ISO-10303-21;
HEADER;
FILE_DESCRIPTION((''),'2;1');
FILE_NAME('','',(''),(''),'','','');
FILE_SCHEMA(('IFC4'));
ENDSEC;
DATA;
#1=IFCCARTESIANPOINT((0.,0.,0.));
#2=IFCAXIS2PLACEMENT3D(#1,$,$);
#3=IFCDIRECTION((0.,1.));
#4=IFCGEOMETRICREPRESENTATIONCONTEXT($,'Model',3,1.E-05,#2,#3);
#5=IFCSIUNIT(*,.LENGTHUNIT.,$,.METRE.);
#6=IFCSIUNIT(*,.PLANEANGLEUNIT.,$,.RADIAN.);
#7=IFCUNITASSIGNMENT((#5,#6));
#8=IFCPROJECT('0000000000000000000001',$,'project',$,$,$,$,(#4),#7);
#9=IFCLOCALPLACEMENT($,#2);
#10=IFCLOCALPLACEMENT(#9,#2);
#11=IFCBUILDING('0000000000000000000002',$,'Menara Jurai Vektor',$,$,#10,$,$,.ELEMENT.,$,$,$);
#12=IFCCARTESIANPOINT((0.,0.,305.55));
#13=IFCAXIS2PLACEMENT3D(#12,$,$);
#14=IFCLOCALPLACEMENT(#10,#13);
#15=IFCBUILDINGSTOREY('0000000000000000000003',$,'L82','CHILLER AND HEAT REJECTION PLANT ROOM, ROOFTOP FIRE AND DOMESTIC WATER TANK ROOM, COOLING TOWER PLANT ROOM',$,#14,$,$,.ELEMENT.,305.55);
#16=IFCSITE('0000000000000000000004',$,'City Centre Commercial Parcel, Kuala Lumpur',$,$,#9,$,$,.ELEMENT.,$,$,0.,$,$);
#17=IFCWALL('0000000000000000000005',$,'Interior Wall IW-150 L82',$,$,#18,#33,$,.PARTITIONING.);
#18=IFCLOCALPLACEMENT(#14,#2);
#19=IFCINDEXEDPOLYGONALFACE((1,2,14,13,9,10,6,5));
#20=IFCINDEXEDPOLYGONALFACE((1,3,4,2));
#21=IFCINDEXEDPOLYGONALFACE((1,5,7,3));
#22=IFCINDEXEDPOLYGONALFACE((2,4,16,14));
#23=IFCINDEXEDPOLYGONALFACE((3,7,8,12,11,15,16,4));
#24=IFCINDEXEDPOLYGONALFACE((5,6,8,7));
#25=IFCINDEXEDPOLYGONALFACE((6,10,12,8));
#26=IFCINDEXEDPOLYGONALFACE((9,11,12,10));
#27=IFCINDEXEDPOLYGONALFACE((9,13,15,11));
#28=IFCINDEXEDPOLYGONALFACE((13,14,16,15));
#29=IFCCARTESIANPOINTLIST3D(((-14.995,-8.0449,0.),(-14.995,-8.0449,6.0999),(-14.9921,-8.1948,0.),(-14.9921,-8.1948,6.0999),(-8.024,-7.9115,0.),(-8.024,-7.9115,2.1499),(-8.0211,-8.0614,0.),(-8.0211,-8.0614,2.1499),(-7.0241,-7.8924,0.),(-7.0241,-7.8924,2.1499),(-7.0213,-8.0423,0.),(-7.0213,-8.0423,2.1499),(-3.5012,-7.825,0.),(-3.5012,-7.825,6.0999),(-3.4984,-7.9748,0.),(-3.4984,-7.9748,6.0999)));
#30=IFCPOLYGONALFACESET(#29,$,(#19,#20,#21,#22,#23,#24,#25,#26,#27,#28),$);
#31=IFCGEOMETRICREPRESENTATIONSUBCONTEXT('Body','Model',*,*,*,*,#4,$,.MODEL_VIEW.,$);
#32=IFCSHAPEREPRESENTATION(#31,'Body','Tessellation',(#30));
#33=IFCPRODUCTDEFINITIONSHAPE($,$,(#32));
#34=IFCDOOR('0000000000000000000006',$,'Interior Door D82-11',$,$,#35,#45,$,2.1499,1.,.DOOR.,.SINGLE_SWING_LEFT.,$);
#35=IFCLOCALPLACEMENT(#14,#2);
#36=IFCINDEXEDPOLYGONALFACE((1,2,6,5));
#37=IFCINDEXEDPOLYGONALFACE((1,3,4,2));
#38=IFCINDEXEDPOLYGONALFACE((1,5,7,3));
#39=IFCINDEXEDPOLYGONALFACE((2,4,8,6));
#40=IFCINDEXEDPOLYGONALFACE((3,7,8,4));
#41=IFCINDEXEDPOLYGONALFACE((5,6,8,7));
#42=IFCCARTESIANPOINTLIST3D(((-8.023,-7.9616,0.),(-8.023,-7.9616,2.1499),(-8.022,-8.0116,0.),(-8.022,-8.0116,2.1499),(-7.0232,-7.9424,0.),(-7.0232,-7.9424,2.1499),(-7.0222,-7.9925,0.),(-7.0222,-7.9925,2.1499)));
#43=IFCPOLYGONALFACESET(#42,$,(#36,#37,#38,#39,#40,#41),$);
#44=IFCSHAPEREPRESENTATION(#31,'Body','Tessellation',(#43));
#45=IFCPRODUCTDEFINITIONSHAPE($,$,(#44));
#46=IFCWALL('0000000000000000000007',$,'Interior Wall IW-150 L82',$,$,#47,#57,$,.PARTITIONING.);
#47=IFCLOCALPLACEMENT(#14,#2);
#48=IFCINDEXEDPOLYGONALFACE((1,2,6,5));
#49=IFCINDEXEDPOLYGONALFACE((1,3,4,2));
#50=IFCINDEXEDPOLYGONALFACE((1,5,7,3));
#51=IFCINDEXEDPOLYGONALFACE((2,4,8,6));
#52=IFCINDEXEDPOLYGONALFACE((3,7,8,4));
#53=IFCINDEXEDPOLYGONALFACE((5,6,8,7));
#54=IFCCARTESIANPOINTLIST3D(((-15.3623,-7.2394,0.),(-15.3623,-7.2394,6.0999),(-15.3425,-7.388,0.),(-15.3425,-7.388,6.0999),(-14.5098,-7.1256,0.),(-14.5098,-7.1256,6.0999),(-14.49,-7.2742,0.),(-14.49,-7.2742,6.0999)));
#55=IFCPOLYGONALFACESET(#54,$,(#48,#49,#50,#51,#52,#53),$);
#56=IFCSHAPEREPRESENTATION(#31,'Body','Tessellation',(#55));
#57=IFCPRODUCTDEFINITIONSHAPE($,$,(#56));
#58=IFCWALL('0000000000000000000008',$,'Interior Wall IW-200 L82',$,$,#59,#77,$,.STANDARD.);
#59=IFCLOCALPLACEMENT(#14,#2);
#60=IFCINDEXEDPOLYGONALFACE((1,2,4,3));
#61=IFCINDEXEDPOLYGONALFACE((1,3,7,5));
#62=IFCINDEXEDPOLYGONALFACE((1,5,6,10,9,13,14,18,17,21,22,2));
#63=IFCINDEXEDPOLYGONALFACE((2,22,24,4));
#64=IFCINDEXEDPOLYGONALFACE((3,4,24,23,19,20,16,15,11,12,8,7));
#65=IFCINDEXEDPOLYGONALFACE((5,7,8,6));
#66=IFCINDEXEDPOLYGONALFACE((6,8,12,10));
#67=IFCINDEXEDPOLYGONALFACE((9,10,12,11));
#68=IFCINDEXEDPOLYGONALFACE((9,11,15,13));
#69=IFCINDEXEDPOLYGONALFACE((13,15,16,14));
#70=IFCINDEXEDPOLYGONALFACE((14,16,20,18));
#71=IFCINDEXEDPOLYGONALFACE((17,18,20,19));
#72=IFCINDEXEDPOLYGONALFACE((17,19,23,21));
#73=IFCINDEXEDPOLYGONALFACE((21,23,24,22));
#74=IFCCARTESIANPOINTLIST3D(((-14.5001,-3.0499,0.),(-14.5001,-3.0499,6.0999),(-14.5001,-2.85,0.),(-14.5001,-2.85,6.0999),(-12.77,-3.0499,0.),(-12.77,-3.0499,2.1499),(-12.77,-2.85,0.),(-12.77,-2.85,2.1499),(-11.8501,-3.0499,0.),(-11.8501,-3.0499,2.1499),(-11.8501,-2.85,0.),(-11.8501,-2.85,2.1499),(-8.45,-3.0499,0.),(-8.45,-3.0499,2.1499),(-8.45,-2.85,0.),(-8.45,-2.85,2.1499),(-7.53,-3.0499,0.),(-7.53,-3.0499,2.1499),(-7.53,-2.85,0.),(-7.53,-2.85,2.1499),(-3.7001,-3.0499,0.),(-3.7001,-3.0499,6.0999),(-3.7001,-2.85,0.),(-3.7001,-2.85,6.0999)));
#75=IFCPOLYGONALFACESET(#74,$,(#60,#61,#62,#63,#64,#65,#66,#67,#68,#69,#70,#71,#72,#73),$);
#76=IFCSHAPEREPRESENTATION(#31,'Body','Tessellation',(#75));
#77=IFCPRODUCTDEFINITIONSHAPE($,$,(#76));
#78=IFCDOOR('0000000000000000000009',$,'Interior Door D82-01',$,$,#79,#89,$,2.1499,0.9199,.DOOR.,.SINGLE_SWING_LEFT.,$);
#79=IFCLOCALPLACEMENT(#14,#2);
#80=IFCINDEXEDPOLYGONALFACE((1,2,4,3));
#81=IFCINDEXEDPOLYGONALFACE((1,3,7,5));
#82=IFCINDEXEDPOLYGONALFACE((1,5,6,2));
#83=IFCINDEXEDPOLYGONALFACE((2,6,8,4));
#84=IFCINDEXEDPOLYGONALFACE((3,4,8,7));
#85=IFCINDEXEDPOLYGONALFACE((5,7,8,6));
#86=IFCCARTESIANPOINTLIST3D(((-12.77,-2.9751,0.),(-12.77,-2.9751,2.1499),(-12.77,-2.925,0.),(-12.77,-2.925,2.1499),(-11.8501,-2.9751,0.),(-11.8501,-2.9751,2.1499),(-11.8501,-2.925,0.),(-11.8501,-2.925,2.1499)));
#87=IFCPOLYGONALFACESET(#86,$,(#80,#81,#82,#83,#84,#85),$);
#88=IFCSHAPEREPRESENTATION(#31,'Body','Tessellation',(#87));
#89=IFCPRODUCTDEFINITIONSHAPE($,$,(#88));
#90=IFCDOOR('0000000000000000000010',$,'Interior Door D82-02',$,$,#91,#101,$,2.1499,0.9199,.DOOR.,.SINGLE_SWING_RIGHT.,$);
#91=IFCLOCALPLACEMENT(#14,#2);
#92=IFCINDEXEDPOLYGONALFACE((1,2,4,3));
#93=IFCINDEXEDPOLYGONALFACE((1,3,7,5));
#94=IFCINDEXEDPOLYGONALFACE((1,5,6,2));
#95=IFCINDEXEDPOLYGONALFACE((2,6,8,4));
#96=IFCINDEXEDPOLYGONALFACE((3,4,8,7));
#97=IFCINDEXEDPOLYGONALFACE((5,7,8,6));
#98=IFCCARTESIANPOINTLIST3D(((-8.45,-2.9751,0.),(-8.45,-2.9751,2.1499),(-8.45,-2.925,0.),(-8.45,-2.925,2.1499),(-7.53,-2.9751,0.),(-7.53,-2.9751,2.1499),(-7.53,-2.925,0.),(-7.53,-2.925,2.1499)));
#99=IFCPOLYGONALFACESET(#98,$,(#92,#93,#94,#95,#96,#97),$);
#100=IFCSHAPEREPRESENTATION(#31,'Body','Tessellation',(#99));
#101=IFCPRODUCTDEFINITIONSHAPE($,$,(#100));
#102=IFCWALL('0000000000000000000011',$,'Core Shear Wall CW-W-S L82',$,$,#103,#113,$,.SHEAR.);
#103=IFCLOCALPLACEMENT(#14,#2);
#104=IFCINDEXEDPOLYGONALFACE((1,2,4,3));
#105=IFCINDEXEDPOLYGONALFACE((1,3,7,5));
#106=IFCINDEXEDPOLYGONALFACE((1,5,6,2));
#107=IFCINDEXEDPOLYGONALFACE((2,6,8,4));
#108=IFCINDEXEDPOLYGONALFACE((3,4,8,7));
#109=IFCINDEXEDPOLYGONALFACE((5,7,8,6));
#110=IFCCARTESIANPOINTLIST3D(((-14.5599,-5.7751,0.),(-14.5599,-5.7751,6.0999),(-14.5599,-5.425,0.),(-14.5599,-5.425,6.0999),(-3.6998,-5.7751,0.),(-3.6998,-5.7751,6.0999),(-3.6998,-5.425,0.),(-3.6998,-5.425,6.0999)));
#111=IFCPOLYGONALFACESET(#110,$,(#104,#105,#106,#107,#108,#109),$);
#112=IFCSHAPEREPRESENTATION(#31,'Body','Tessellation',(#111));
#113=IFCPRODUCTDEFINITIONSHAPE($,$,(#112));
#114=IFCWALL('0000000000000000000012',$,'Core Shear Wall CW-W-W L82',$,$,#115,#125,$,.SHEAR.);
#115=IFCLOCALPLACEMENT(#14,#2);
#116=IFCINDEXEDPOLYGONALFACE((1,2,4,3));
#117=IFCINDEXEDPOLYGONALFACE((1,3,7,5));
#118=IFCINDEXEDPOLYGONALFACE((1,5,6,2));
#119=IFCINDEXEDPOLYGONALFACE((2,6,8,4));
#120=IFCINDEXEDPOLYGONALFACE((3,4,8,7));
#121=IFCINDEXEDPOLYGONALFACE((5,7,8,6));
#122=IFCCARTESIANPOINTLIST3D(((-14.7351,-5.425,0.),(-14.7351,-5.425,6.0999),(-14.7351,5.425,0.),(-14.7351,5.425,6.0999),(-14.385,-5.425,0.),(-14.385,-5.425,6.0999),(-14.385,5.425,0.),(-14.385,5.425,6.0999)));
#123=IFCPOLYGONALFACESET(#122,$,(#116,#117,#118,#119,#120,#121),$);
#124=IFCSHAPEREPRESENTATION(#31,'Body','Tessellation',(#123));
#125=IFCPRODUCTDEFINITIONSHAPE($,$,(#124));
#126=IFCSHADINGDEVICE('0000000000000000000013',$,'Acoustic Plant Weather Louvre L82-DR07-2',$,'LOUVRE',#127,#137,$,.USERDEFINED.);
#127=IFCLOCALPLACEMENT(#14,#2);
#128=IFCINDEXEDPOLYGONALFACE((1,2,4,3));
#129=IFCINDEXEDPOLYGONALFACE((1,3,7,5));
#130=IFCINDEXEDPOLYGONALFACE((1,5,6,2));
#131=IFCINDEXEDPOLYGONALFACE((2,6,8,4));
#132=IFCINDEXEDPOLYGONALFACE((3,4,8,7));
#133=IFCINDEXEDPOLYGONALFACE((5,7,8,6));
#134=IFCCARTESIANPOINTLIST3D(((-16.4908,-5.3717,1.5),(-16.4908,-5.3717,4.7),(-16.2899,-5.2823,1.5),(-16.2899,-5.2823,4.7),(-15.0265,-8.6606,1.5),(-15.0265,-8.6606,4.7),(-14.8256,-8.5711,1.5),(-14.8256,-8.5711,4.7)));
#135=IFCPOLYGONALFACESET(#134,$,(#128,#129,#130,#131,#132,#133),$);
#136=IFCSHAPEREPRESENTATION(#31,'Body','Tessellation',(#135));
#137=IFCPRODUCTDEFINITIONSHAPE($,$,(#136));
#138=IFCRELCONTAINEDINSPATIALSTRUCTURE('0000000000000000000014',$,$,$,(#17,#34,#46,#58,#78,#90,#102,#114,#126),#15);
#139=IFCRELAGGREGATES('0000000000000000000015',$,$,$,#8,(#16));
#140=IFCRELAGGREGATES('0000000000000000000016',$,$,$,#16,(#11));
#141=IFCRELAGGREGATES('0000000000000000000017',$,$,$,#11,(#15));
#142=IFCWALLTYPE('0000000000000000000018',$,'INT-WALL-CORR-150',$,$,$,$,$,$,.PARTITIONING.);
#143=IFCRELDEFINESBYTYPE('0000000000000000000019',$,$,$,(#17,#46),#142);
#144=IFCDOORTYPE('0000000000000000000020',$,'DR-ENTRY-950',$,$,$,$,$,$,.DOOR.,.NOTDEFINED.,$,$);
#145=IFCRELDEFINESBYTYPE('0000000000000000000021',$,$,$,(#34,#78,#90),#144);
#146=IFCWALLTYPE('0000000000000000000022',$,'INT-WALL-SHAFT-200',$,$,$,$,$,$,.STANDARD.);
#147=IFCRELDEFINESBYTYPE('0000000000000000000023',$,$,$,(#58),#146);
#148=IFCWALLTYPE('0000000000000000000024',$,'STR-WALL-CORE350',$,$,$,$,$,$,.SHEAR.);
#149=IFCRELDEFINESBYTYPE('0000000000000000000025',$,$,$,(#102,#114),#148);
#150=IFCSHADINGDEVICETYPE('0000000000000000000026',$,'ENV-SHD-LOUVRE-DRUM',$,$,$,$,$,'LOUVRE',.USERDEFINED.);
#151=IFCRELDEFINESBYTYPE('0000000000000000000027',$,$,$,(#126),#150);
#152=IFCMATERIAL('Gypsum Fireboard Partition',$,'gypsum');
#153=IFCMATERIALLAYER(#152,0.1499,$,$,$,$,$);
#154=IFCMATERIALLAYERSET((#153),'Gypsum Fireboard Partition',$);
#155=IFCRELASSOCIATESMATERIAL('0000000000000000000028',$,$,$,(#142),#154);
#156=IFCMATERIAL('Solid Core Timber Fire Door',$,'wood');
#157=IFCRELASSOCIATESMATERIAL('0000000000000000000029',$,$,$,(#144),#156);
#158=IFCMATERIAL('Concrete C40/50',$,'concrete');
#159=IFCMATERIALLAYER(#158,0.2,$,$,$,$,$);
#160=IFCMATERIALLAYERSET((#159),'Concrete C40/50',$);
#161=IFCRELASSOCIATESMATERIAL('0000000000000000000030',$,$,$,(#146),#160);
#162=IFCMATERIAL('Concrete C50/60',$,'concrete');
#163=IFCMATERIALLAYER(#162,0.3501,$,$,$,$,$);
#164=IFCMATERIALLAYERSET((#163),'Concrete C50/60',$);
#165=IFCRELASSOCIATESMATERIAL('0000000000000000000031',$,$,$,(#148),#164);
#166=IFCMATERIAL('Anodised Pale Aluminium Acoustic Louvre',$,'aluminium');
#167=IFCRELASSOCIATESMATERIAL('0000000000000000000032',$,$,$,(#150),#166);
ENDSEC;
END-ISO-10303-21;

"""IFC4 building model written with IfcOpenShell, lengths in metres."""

from ifc_helpers import new_model, si_unit, direction, frame, frame_2d, origin, origin_2d, place, context, subcontext, project, spatial, rectangle, extrude, material, layer, layer_set, type_object, element, fill, save


model = new_model("IFC4")

# Units and contexts
model_context = context("Model", 3, precision=1e-05, world=origin(), true_north=direction((0.0, 1.0)))
body_context = subcontext(model_context, "Body", "Model", "MODEL_VIEW")
ifc_project = project(units=[si_unit("LENGTHUNIT", "METRE"), si_unit("PLANEANGLEUNIT", "RADIAN")], contexts=[model_context])

# Site, building, storey
site_placement = place(None, origin())
site = spatial("IfcSite", under=ifc_project, at=site_placement, Name="City Centre Commercial Parcel, Kuala Lumpur", CompositionType="ELEMENT", RefElevation=0.0)
building_placement = place(site_placement, origin())
building = spatial("IfcBuilding", under=site, at=building_placement, Name="Menara Jurai Vektor", CompositionType="ELEMENT")
storey_placement = place(building_placement, frame((0.0, 0.0, 305.55)))
storey = spatial("IfcBuildingStorey", under=building, at=storey_placement, Name="L82", Description="CHILLER AND HEAT REJECTION PLANT ROOM, ROOFTOP FIRE AND DOMESTIC WATER TANK ROOM, COOLING TOWER PLANT ROOM", CompositionType="ELEMENT", Elevation=305.55)

# Shared definitions
ifc_material_1 = material(Name="Concrete C50/60", Category="concrete")

# Shared definitions
ifc_material_2 = material(Name="Gypsum Fireboard Partition", Category="gypsum")
ifc_layer_1 = layer(ifc_material_2, 0.1499)
ifc_layer_set_1 = layer_set([ifc_layer_1], Name="Gypsum Fireboard Partition")
wall_type_1 = type_object("IfcWallType", Name="INT-WALL-CORR-150", PredefinedType="PARTITIONING", material=ifc_layer_set_1)

# Wall, opening, door
wall_1_placement = place(storey_placement, frame((-14.9937, -8.1199, 0.0), z_axis=(0.0, 0.0, 1.0), x_axis=(0.999817, 0.019135, 0.0)))
wall_1 = element("IfcWall", 1, at=wall_1_placement, inside=storey, type_object=wall_type_1, Name="Interior Wall IW-150 L82", PredefinedType="PARTITIONING", context=body_context, shape_type="SweptSolid", body=[
    extrude(rectangle(XDim=11.4958, YDim=0.1499, at=frame_2d((5.748, 0.0))), origin(), (0.0, 0.0, 1.0), 6.0999),
])
opening_1_placement = place(wall_1_placement, frame((6.9724, 0.0, 0.0)))
opening_1 = element("IfcOpeningElement", 2, at=opening_1_placement, cuts=wall_1, PredefinedType="OPENING", context=body_context, shape_type="SweptSolid", body=[
    extrude(rectangle(XDim=1.0, YDim=2.1499, at=frame_2d((0.5, 1.075))), frame((0.0, 0.085, 0.0), z_axis=(0.0, -1.0, 0.0), x_axis=(1.0, 0.0, 0.0)), (0.0, 0.0, 1.0), 0.1699),
])
ifc_material_3 = material(Name="Solid Core Timber Fire Door", Category="wood")
door_type = type_object("IfcDoorType", Name="DR-ENTRY-950", OperationType="NOTDEFINED", PredefinedType="DOOR", material=ifc_material_3)
door_1_placement = place(opening_1_placement, origin())
door_1 = element("IfcDoor", 3, at=door_1_placement, inside=storey, type_object=door_type, Name="Interior Door D82-11", OperationType="SINGLE_SWING_LEFT", OverallHeight=2.1499, OverallWidth=1.0, PredefinedType="DOOR", context=body_context, shape_type="SweptSolid", body=[
    extrude(rectangle(XDim=1.0, YDim=2.1499, at=frame_2d((0.5, 1.075))), frame((0.0, 0.0249, 0.0), z_axis=(0.0, -1.0, 0.0), x_axis=(1.0, 0.0, 0.0)), (0.0, 0.0, 1.0), 0.05),
])
fill(opening_1, door_1)

# Wall
wall_2_placement = place(storey_placement, frame((-15.3525, -7.3137, 0.0), z_axis=(0.0, 0.0, 1.0), x_axis=(0.991213, 0.132275, 0.0)))
element("IfcWall", 4, at=wall_2_placement, inside=storey, type_object=wall_type_1, Name="Interior Wall IW-150 L82", PredefinedType="PARTITIONING", context=body_context, shape_type="SweptSolid", body=[
    extrude(rectangle(XDim=0.8601, YDim=0.1499, at=frame_2d((0.4302, 0.0))), origin(), (0.0, 0.0, 1.0), 6.0999),
])

# Wall, openings, doors
ifc_material_4 = material(Name="Concrete C40/50", Category="concrete")
ifc_layer_2 = layer(ifc_material_4, 0.2)
ifc_layer_set_2 = layer_set([ifc_layer_2], Name="Concrete C40/50")
wall_type_2 = type_object("IfcWallType", Name="INT-WALL-SHAFT-200", PredefinedType="STANDARD", material=ifc_layer_set_2)
wall_3_placement = place(storey_placement, frame((-14.5, -2.95, 0.0), z_axis=(0.0, 0.0, 1.0), x_axis=(1.0, 0.0, 0.0)))
wall_3 = element("IfcWall", 5, at=wall_3_placement, inside=storey, type_object=wall_type_2, Name="Interior Wall IW-200 L82", PredefinedType="STANDARD", context=body_context, shape_type="SweptSolid", body=[
    extrude(rectangle(XDim=10.8, YDim=0.2, at=frame_2d((5.3999, 0.0))), origin(), (0.0, 0.0, 1.0), 6.0999),
])
opening_2_placement = place(wall_3_placement, frame((1.73, 0.0, 0.0)))
opening_2 = element("IfcOpeningElement", 6, at=opening_2_placement, cuts=wall_3, PredefinedType="OPENING", context=body_context, shape_type="SweptSolid", body=[
    extrude(rectangle(XDim=0.9199, YDim=2.1499, at=frame_2d((0.46, 1.075))), frame((0.0, 0.1099, 0.0), z_axis=(0.0, -1.0, 0.0), x_axis=(1.0, 0.0, 0.0)), (0.0, 0.0, 1.0), 0.22),
])
opening_3_placement = place(wall_3_placement, frame((6.05, 0.0, 0.0)))
opening_3 = element("IfcOpeningElement", 7, at=opening_3_placement, cuts=wall_3, PredefinedType="OPENING", context=body_context, shape_type="SweptSolid", body=[
    extrude(rectangle(XDim=0.9199, YDim=2.1499, at=frame_2d((0.46, 1.075))), frame((0.0, 0.1099, 0.0), z_axis=(0.0, -1.0, 0.0), x_axis=(1.0, 0.0, 0.0)), (0.0, 0.0, 1.0), 0.22),
])
door_2_placement = place(opening_2_placement, origin())
door_2 = element("IfcDoor", 8, at=door_2_placement, inside=storey, type_object=door_type, Name="Interior Door D82-01", OperationType="SINGLE_SWING_LEFT", OverallHeight=2.1499, OverallWidth=0.9199, PredefinedType="DOOR", context=body_context, shape_type="SweptSolid", body=[
    extrude(rectangle(XDim=0.9199, YDim=2.1499, at=frame_2d((0.46, 1.075))), frame((0.0, 0.0249, 0.0), z_axis=(0.0, -1.0, 0.0), x_axis=(1.0, 0.0, 0.0)), (0.0, 0.0, 1.0), 0.05),
])
fill(opening_2, door_2)
door_3_placement = place(opening_3_placement, origin())
door_3 = element("IfcDoor", 9, at=door_3_placement, inside=storey, type_object=door_type, Name="Interior Door D82-02", OperationType="SINGLE_SWING_RIGHT", OverallHeight=2.1499, OverallWidth=0.9199, PredefinedType="DOOR", context=body_context, shape_type="SweptSolid", body=[
    extrude(rectangle(XDim=0.9199, YDim=2.1499, at=frame_2d((0.46, 1.075))), frame((0.0, 0.0249, 0.0), z_axis=(0.0, -1.0, 0.0), x_axis=(1.0, 0.0, 0.0)), (0.0, 0.0, 1.0), 0.05),
])
fill(opening_3, door_3)

# Walls
ifc_layer_3 = layer(ifc_material_1, 0.3501)
ifc_layer_set_3 = layer_set([ifc_layer_3], Name="Concrete C50/60")
wall_type_3 = type_object("IfcWallType", Name="STR-WALL-CORE350", PredefinedType="SHEAR", material=ifc_layer_set_3)
wall_4_placement = place(storey_placement, frame((-14.5601, -5.6001, 0.0), z_axis=(0.0, 0.0, 1.0), x_axis=(1.0, 0.0, 0.0)))
element("IfcWall", 10, at=wall_4_placement, inside=storey, type_object=wall_type_3, Name="Core Shear Wall CW-W-S L82", PredefinedType="SHEAR", context=body_context, shape_type="SweptSolid", body=[
    extrude(rectangle(XDim=10.8601, YDim=0.3501, at=frame_2d((5.4302, 0.0))), origin(), (0.0, 0.0, 1.0), 6.0999),
])
wall_5_placement = place(storey_placement, frame((-14.5601, -5.425, 0.0), z_axis=(0.0, 0.0, 1.0), x_axis=(0.0, 1.0, 0.0)))
element("IfcWall", 11, at=wall_5_placement, inside=storey, type_object=wall_type_3, Name="Core Shear Wall CW-W-W L82", PredefinedType="SHEAR", context=body_context, shape_type="SweptSolid", body=[
    extrude(rectangle(XDim=10.8501, YDim=0.3501, at=frame_2d((5.425, 0.0))), origin(), (0.0, 0.0, 1.0), 6.0999),
])

# Shading device
ifc_material_5 = material(Name="Anodised Pale Aluminium Acoustic Louvre", Category="aluminium")
shading_device_type = type_object("IfcShadingDeviceType", Name="ENV-SHD-LOUVRE-DRUM", ElementType="LOUVRE", PredefinedType="USERDEFINED", material=ifc_material_5)
shading_device_placement = place(storey_placement, frame((-15.6582, -6.9714, 1.5), z_axis=(0.0, 0.0, 1.0), x_axis=(0.406737, -0.913545, 0.0)))
element("IfcShadingDevice", 12, at=shading_device_placement, inside=storey, type_object=shading_device_type, Name="Acoustic Plant Weather Louvre L82-DR07-2", ObjectType="LOUVRE", PredefinedType="USERDEFINED", context=body_context, shape_type="SweptSolid", body=[
    extrude(rectangle(XDim=3.6001, YDim=0.22, at=origin_2d()), origin(), (0.0, 0.0, 1.0), 3.2),
])

save(model, "model.ifc")
